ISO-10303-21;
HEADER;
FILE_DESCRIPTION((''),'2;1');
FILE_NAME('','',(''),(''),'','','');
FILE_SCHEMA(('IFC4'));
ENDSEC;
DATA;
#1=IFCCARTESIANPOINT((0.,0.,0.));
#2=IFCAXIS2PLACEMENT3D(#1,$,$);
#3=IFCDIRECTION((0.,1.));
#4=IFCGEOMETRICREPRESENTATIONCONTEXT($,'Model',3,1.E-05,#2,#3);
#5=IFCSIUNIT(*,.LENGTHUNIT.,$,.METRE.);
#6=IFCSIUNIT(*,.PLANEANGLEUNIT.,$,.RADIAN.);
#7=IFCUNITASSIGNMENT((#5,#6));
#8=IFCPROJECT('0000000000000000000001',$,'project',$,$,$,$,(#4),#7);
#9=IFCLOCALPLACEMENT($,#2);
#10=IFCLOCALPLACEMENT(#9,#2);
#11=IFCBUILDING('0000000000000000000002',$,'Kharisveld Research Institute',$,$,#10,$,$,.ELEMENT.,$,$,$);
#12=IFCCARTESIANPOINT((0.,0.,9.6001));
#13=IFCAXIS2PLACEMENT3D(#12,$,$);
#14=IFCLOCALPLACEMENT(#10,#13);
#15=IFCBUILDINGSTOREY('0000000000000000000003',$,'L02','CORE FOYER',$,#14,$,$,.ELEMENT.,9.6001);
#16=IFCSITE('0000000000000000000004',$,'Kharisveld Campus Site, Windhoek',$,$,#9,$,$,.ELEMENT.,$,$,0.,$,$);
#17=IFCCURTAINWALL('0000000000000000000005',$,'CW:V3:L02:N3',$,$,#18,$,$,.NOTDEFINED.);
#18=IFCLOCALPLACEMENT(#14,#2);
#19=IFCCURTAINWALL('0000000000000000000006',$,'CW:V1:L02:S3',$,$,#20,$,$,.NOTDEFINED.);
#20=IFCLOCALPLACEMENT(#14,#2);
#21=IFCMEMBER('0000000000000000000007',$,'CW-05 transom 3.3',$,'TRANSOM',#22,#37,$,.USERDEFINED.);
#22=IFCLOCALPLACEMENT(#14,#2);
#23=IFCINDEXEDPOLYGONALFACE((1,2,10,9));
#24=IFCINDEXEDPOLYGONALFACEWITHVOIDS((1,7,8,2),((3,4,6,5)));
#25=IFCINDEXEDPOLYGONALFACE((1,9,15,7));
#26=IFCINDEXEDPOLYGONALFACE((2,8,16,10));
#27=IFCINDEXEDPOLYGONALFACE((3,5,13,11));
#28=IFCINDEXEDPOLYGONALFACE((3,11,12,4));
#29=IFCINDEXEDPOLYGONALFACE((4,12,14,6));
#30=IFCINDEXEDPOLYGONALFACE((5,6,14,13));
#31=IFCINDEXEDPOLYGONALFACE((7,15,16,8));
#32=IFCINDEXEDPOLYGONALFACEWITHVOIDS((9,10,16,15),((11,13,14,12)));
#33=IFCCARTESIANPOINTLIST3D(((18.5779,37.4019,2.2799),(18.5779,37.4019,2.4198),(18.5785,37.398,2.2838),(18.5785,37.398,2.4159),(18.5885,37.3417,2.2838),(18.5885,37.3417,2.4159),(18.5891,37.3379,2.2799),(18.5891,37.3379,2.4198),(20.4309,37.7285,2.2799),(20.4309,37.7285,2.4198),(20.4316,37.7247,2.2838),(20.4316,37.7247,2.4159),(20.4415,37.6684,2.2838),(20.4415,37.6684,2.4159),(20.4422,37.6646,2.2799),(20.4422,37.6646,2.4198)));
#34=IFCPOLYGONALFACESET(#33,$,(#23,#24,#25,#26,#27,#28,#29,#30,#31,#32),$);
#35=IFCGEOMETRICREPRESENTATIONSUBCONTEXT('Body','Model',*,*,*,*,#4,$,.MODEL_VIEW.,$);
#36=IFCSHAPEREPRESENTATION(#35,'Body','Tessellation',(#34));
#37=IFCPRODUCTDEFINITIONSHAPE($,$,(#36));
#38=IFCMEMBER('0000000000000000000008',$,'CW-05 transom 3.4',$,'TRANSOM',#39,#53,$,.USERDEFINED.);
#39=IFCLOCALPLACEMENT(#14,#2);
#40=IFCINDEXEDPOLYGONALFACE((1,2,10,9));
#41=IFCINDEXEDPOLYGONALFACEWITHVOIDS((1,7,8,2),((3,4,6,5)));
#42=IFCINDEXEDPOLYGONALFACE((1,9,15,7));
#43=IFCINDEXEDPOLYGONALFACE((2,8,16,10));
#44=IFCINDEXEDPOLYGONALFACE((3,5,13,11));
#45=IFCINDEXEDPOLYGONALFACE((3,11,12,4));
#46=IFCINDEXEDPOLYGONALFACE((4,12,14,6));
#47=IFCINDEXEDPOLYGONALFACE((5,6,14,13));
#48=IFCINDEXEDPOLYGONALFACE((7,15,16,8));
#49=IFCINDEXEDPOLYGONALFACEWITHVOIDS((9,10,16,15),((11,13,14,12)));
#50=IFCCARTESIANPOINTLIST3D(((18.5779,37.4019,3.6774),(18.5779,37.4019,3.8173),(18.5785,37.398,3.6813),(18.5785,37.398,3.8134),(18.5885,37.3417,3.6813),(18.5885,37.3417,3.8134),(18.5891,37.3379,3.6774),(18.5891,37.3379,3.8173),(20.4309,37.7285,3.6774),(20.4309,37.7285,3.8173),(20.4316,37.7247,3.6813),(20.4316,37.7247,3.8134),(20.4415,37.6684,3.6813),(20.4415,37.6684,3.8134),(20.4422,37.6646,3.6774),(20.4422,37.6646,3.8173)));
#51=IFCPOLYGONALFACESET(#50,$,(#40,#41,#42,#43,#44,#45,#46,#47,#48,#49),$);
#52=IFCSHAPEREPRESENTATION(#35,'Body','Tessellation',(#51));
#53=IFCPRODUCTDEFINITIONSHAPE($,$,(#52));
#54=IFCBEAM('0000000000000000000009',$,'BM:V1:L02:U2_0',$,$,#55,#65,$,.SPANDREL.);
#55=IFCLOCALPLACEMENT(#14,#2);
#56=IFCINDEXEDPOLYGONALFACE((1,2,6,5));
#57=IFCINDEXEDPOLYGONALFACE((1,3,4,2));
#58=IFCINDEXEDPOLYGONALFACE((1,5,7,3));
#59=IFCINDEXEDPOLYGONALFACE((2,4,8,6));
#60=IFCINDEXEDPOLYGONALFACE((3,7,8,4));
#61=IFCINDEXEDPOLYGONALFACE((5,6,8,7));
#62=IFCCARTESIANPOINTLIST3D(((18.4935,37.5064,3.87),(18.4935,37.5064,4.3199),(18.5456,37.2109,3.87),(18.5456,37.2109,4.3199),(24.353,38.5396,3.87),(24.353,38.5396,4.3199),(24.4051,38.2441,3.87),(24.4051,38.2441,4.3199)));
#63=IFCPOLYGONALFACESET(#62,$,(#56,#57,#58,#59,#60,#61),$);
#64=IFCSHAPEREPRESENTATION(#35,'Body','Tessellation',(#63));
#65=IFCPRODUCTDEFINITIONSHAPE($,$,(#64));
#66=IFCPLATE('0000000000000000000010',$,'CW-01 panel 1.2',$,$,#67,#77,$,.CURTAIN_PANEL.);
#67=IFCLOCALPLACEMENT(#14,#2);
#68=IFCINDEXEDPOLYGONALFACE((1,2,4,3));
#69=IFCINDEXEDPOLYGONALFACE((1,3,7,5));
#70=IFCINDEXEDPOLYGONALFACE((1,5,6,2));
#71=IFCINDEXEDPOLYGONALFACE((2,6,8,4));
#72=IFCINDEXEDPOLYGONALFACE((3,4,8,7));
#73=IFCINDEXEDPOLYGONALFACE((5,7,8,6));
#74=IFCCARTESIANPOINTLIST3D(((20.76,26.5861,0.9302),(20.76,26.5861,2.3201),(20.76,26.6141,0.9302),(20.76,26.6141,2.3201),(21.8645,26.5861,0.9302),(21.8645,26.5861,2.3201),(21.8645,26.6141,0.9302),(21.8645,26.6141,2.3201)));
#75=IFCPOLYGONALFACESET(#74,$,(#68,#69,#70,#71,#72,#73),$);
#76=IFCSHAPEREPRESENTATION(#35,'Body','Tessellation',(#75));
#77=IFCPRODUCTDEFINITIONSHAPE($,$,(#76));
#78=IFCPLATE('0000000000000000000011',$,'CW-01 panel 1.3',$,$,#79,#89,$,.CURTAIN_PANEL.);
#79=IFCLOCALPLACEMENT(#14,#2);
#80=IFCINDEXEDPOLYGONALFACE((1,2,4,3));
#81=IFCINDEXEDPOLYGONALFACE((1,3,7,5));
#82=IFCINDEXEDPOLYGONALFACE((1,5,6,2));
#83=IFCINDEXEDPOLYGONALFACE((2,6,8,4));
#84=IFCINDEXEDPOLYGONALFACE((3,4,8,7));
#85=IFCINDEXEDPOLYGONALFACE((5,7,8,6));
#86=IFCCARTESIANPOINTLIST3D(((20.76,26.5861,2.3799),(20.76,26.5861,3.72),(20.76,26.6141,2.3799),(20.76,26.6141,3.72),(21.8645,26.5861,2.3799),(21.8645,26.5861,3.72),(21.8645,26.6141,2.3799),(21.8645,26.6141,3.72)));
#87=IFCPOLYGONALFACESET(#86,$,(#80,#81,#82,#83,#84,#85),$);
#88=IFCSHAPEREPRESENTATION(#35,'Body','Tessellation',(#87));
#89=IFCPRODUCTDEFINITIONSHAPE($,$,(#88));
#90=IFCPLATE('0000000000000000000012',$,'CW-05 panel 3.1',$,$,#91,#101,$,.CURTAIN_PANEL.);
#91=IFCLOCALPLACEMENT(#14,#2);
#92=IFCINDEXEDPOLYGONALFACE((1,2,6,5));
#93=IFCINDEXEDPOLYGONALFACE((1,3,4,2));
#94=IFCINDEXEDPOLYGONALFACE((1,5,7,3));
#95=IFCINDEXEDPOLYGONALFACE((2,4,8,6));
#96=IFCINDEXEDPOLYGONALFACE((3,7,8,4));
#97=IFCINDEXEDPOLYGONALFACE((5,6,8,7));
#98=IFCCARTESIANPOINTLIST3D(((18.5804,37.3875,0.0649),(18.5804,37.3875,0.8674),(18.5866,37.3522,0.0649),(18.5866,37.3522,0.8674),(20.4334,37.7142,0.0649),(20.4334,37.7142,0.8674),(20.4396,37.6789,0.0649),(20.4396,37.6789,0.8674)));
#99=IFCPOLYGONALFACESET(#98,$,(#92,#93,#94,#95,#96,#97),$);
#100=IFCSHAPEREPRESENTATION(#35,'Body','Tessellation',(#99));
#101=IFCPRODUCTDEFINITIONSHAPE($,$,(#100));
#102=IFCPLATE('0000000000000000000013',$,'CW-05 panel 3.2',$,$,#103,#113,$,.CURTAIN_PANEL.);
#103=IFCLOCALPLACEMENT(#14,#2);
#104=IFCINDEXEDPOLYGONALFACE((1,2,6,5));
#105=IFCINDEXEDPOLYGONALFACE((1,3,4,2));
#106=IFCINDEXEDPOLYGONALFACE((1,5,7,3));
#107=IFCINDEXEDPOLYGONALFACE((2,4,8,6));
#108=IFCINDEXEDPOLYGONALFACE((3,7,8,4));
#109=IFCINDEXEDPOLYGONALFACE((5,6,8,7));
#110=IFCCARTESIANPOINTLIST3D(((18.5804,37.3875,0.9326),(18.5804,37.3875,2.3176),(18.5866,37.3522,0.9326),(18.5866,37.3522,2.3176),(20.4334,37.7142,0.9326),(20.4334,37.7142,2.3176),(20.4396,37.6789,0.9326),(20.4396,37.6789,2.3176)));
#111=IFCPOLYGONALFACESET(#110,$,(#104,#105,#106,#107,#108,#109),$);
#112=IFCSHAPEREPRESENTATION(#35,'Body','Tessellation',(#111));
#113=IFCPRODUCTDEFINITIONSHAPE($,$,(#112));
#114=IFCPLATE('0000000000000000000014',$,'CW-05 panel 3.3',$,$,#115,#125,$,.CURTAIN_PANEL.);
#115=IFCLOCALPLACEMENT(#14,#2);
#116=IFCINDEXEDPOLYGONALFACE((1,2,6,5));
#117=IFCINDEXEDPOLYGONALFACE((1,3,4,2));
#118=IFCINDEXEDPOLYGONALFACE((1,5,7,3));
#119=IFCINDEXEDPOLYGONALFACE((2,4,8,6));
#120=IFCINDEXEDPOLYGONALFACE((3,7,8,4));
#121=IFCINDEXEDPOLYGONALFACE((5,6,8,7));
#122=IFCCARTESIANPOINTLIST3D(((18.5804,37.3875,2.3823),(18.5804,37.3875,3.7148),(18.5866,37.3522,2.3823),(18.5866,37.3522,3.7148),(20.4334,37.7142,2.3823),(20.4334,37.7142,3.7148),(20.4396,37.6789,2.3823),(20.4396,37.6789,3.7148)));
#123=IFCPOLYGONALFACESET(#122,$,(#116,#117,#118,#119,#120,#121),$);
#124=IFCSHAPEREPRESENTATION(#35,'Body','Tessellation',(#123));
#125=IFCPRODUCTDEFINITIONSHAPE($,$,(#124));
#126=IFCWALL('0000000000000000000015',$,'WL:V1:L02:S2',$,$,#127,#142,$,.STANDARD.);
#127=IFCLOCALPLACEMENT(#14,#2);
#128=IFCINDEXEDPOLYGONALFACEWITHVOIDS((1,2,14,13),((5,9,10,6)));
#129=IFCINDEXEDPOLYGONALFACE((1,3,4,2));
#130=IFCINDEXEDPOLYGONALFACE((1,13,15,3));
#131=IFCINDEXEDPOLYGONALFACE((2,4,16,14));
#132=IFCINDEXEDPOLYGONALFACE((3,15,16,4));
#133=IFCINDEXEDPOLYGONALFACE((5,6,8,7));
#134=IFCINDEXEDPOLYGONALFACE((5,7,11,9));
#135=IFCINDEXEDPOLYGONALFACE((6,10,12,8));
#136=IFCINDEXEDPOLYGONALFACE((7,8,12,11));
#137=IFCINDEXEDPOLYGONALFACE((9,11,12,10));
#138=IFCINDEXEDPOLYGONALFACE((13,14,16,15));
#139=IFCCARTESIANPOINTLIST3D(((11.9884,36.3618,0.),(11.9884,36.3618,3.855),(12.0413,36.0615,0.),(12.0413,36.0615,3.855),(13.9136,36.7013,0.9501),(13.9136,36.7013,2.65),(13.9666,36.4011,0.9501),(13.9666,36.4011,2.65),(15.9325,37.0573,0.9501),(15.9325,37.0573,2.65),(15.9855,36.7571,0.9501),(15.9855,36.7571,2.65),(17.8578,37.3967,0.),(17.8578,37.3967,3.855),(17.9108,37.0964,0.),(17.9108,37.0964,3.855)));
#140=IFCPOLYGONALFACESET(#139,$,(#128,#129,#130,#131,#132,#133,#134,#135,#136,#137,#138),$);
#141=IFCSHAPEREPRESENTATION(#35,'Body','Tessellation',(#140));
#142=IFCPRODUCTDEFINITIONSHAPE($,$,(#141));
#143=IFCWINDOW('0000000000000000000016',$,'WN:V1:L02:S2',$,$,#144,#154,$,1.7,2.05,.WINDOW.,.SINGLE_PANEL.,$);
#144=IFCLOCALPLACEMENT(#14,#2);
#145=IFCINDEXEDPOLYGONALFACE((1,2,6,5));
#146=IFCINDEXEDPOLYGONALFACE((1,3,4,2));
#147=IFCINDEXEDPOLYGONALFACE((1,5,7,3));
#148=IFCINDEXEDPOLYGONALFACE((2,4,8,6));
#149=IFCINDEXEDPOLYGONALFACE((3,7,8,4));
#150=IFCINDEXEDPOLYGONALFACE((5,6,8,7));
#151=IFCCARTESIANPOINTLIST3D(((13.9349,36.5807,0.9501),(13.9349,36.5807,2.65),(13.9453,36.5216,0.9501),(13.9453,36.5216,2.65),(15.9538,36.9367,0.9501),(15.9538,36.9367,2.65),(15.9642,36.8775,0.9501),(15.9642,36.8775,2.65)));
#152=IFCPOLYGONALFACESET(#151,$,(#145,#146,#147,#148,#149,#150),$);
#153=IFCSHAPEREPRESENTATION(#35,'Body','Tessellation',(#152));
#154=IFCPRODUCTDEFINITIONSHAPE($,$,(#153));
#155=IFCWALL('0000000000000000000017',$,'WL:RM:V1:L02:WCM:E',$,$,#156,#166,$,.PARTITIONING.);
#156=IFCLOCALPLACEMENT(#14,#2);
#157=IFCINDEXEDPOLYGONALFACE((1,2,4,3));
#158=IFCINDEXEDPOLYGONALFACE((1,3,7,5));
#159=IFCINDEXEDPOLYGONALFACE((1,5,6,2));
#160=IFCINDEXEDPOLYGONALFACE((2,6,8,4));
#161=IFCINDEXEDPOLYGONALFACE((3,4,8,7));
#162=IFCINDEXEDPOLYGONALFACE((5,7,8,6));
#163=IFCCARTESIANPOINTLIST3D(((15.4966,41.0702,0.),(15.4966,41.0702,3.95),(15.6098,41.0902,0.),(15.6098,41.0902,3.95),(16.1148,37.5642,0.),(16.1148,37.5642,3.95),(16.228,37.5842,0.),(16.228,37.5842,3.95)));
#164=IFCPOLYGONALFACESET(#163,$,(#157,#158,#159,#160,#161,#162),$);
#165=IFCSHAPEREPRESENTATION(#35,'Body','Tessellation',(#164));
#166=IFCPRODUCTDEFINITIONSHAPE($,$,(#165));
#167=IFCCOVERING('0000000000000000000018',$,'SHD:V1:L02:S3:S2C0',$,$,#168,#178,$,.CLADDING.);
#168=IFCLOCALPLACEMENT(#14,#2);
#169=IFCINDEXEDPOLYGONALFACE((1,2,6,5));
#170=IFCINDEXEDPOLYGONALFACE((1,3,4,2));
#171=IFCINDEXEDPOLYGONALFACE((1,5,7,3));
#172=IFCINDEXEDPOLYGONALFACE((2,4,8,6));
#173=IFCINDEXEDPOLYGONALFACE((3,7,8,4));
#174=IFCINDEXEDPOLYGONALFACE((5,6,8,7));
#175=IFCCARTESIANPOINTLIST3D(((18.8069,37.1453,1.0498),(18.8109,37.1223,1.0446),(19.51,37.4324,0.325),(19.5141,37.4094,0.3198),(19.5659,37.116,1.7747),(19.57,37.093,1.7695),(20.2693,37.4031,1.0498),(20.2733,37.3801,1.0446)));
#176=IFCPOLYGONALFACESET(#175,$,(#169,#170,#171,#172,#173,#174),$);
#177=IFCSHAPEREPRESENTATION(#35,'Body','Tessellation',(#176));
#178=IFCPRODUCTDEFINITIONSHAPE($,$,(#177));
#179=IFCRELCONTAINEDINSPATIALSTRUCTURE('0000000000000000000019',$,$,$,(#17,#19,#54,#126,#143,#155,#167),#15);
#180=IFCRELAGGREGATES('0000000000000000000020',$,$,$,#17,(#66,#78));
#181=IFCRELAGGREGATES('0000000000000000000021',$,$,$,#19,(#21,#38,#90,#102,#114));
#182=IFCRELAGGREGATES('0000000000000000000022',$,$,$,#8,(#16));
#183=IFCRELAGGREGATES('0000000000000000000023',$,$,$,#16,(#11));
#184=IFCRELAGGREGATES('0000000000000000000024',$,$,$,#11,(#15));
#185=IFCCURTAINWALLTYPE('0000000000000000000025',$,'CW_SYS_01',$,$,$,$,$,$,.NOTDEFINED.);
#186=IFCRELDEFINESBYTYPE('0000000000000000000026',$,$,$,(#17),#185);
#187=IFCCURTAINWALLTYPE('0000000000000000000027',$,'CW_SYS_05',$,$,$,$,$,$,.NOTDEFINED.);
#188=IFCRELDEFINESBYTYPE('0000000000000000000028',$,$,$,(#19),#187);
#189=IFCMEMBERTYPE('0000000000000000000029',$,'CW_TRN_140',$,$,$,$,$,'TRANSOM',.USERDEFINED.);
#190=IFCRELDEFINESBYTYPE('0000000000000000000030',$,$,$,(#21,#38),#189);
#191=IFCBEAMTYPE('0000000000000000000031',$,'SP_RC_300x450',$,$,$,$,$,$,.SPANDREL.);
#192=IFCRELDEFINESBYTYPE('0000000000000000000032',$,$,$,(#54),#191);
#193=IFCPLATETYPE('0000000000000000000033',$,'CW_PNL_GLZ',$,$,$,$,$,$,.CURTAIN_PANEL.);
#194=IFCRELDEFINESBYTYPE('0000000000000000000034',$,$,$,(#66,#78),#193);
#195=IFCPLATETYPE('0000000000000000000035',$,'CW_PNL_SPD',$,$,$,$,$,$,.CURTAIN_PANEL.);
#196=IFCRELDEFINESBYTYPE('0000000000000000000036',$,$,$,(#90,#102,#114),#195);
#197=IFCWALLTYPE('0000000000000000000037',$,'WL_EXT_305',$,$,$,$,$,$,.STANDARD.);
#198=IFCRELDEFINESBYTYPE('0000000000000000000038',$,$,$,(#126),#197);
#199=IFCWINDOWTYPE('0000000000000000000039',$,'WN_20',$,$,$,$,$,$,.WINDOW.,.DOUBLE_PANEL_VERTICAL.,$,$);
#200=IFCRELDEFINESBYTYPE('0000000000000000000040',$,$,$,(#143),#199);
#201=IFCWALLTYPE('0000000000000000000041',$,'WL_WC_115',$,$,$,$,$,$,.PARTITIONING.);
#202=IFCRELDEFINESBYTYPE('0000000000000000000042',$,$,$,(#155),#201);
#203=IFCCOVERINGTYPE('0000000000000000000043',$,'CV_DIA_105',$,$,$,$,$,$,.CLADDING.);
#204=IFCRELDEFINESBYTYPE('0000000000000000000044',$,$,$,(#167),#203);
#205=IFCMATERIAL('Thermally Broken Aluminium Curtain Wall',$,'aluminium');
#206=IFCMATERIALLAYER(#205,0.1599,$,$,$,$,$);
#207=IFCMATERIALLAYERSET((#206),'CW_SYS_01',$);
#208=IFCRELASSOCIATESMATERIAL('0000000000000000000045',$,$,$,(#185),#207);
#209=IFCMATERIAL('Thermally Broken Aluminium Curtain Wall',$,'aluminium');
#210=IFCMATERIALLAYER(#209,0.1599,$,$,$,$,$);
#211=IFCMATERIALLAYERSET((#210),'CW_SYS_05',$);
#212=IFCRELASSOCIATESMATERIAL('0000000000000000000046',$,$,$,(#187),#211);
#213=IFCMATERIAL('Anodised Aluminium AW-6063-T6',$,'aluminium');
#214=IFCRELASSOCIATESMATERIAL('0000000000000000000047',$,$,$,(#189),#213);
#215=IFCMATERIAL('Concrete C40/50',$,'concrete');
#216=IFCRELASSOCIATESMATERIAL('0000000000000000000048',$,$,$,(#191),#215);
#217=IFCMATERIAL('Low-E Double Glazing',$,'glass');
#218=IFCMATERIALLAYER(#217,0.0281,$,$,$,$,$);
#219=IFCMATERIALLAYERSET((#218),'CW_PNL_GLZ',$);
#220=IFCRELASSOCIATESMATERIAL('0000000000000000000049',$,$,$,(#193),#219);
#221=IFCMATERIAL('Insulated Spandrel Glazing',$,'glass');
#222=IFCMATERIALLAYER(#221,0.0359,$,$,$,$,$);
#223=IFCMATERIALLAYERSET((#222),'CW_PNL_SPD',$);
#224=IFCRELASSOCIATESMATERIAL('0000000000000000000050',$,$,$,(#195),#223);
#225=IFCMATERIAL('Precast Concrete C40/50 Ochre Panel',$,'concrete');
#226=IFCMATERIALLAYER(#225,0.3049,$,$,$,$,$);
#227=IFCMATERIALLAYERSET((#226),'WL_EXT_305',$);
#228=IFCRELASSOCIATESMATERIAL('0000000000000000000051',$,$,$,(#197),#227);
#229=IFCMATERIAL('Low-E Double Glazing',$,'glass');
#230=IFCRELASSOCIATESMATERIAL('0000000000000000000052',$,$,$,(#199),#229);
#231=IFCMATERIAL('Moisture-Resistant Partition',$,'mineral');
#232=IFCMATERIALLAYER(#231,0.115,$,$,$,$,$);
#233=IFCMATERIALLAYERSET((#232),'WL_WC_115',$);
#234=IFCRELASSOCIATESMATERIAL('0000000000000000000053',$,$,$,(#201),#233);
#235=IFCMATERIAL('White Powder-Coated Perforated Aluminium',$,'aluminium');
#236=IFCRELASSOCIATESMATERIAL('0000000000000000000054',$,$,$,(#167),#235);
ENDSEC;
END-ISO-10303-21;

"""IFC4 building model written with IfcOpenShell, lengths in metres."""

from ifc_helpers import new_model, si_unit, direction, frame, frame_2d, origin, origin_2d, place, context, subcontext, project, spatial, polyline, rectangle, hollow_rectangle, outline, extrude, material, layer, layer_set, material_profile, profile_set, type_object, element, fill, aggregate, save


model = new_model("IFC4")

# Units and contexts
model_context = context("Model", 3, precision=1e-05, world=origin(), true_north=direction((0.0, 1.0)))
body_context = subcontext(model_context, "Body", "Model", "MODEL_VIEW")
ifc_project = project(units=[si_unit("LENGTHUNIT", "METRE"), si_unit("PLANEANGLEUNIT", "RADIAN")], contexts=[model_context])

# Site, building, storey
site_placement = place(None, origin())
site = spatial("IfcSite", under=ifc_project, at=site_placement, Name="Kharisveld Campus Site, Windhoek", CompositionType="ELEMENT", RefElevation=0.0)
building_placement = place(site_placement, origin())
building = spatial("IfcBuilding", under=site, at=building_placement, Name="Kharisveld Research Institute", CompositionType="ELEMENT")
storey_placement = place(building_placement, frame((0.0, 0.0, 9.6001)))
storey = spatial("IfcBuildingStorey", under=building, at=storey_placement, Name="L02", Description="CORE FOYER", CompositionType="ELEMENT", Elevation=9.6001)

# Curtain walls
ifc_material_1 = material(Name="Thermally Broken Aluminium Curtain Wall", Category="aluminium")
ifc_layer_1 = layer(ifc_material_1, 0.1599)
ifc_layer_set_1 = layer_set([ifc_layer_1], Name="CW_SYS_01")
curtain_wall_type_1 = type_object("IfcCurtainWallType", Name="CW_SYS_01", PredefinedType="NOTDEFINED", material=ifc_layer_set_1)
curtain_wall_1_placement = place(storey_placement, origin())
curtain_wall_1 = element("IfcCurtainWall", 1, at=curtain_wall_1_placement, inside=storey, type_object=curtain_wall_type_1, Name="CW:V3:L02:N3", PredefinedType="NOTDEFINED")
ifc_material_2 = material(Name="Thermally Broken Aluminium Curtain Wall", Category="aluminium")
ifc_layer_2 = layer(ifc_material_2, 0.1599)
ifc_layer_set_2 = layer_set([ifc_layer_2], Name="CW_SYS_05")
curtain_wall_type_2 = type_object("IfcCurtainWallType", Name="CW_SYS_05", PredefinedType="NOTDEFINED", material=ifc_layer_set_2)
curtain_wall_2_placement = place(storey_placement, origin())
curtain_wall_2 = element("IfcCurtainWall", 2, at=curtain_wall_2_placement, inside=storey, type_object=curtain_wall_type_2, Name="CW:V1:L02:S3", PredefinedType="NOTDEFINED")

# Members
ifc_material_3 = material(Name="Anodised Aluminium AW-6063-T6", Category="aluminium")
ifc_material_profile_1 = material_profile(ifc_material_3, hollow_rectangle(XDim=0.0649, YDim=0.1399, WallThickness=0.0039, at=origin_2d()))
ifc_profile_set_1 = profile_set([ifc_material_profile_1], Name="Anodised Aluminium AW-6063-T6")
member_type_1 = type_object("IfcMemberType", Name="CW_TRN_140", ElementType="TRANSOM", PredefinedType="USERDEFINED", material=ifc_profile_set_1)
member_1_placement = place(storey_placement, frame((20.4365, 37.6965, 2.3499), z_axis=(-0.984815, -0.173608, 0.0), x_axis=(0.173608, -0.984815, 0.0)))
member_1 = element("IfcMember", 3, at=member_1_placement, type_object=member_type_1, Name="CW-05 transom 3.3", ObjectType="TRANSOM", PredefinedType="USERDEFINED", context=body_context, shape_type="SweptSolid", body=[
    extrude(hollow_rectangle(XDim=0.0649, YDim=0.1399, WallThickness=0.0039, at=origin_2d()), origin(), (0.0, 0.0, 1.0), 1.8816),
])
member_2_placement = place(storey_placement, frame((20.4365, 37.6965, 3.7473), z_axis=(-0.984815, -0.173608, 0.0), x_axis=(0.173608, -0.984815, 0.0)))
member_2 = element("IfcMember", 4, at=member_2_placement, type_object=member_type_1, Name="CW-05 transom 3.4", ObjectType="TRANSOM", PredefinedType="USERDEFINED", context=body_context, shape_type="SweptSolid", body=[
    extrude(hollow_rectangle(XDim=0.0649, YDim=0.1399, WallThickness=0.0039, at=origin_2d()), origin(), (0.0, 0.0, 1.0), 1.8816),
])

# Beam
ifc_material_4 = material(Name="Concrete C40/50", Category="concrete")
ifc_material_profile_2 = material_profile(ifc_material_4, rectangle(XDim=0.3, YDim=0.45, at=origin_2d()))
ifc_profile_set_2 = profile_set([ifc_material_profile_2], Name="Concrete C40/50")
beam_type_1 = type_object("IfcBeamType", Name="SP_RC_300x450", PredefinedType="SPANDREL", material=ifc_profile_set_2)
beam_1_placement = place(storey_placement, frame((18.5195, 37.3586, 4.095), z_axis=(0.984808, 0.173647, 0.0), x_axis=(-0.173647, 0.984808, 0.0)))
element("IfcBeam", 5, at=beam_1_placement, inside=storey, type_object=beam_type_1, Name="BM:V1:L02:U2_0", PredefinedType="SPANDREL", context=body_context, shape_type="SweptSolid", body=[
    extrude(rectangle(XDim=0.3, YDim=0.45, at=origin_2d()), origin(), (0.0, 0.0, 1.0), 5.95),
])

# Plates
ifc_material_5 = material(Name="Low-E Double Glazing", Category="glass")
ifc_layer_3 = layer(ifc_material_5, 0.0281)
ifc_layer_set_3 = layer_set([ifc_layer_3], Name="CW_PNL_GLZ")
plate_type_1 = type_object("IfcPlateType", Name="CW_PNL_GLZ", PredefinedType="CURTAIN_PANEL", material=ifc_layer_set_3)
plate_1_placement = place(storey_placement, frame((21.3123, 26.6001, 0.9302), z_axis=(0.0, 0.0, 1.0), x_axis=(1.0, 0.0, 0.0)))
plate_1 = element("IfcPlate", 6, at=plate_1_placement, type_object=plate_type_1, Name="CW-01 panel 1.2", PredefinedType="CURTAIN_PANEL", context=body_context, shape_type="SweptSolid", body=[
    extrude(rectangle(XDim=1.1045, YDim=0.0281, at=origin_2d()), origin(), (0.0, 0.0, 1.0), 1.3899),
])
plate_2_placement = place(storey_placement, frame((21.3123, 26.6001, 2.3799), z_axis=(0.0, 0.0, 1.0), x_axis=(1.0, 0.0, 0.0)))
plate_2 = element("IfcPlate", 7, at=plate_2_placement, type_object=plate_type_1, Name="CW-01 panel 1.3", PredefinedType="CURTAIN_PANEL", context=body_context, shape_type="SweptSolid", body=[
    extrude(rectangle(XDim=1.1045, YDim=0.0281, at=origin_2d()), origin(), (0.0, 0.0, 1.0), 1.3401),
])
aggregate(curtain_wall_1, [plate_1, plate_2])
ifc_material_6 = material(Name="Insulated Spandrel Glazing", Category="glass")
ifc_layer_4 = layer(ifc_material_6, 0.0359)
ifc_layer_set_4 = layer_set([ifc_layer_4], Name="CW_PNL_SPD")
plate_type_2 = type_object("IfcPlateType", Name="CW_PNL_SPD", PredefinedType="CURTAIN_PANEL", material=ifc_layer_set_4)
plate_3_placement = place(storey_placement, frame((19.51, 37.5332, 0.0649), z_axis=(0.0, 0.0, 1.0), x_axis=(-0.984808, -0.173648, 0.0)))
plate_3 = element("IfcPlate", 8, at=plate_3_placement, type_object=plate_type_2, Name="CW-05 panel 3.1", PredefinedType="CURTAIN_PANEL", context=body_context, shape_type="SweptSolid", body=[
    extrude(rectangle(XDim=1.8816, YDim=0.0359, at=origin_2d()), origin(), (0.0, 0.0, 1.0), 0.8025),
])
plate_4_placement = place(storey_placement, frame((19.51, 37.5332, 0.9326), z_axis=(0.0, 0.0, 1.0), x_axis=(-0.984808, -0.173648, 0.0)))
plate_4 = element("IfcPlate", 9, at=plate_4_placement, type_object=plate_type_2, Name="CW-05 panel 3.2", PredefinedType="CURTAIN_PANEL", context=body_context, shape_type="SweptSolid", body=[
    extrude(rectangle(XDim=1.8816, YDim=0.0359, at=origin_2d()), origin(), (0.0, 0.0, 1.0), 1.385),
])
plate_5_placement = place(storey_placement, frame((19.51, 37.5332, 2.3823), z_axis=(0.0, 0.0, 1.0), x_axis=(-0.984808, -0.173648, 0.0)))
plate_5 = element("IfcPlate", 10, at=plate_5_placement, type_object=plate_type_2, Name="CW-05 panel 3.3", PredefinedType="CURTAIN_PANEL", context=body_context, shape_type="SweptSolid", body=[
    extrude(rectangle(XDim=1.8816, YDim=0.0359, at=origin_2d()), origin(), (0.0, 0.0, 1.0), 1.3325),
])
aggregate(curtain_wall_2, [member_1, member_2, plate_3, plate_4, plate_5])

# Wall, opening, window
ifc_material_7 = material(Name="Precast Concrete C40/50 Ochre Panel", Category="concrete")
ifc_layer_5 = layer(ifc_material_7, 0.3049)
ifc_layer_set_5 = layer_set([ifc_layer_5], Name="WL_EXT_305")
wall_type_1 = type_object("IfcWallType", Name="WL_EXT_305", PredefinedType="STANDARD", material=ifc_layer_set_5)
wall_1_placement = place(storey_placement, frame((17.8843, 37.2466, 0.0), z_axis=(0.0, 0.0, 1.0), x_axis=(-0.984808, -0.173645, 0.0)))
wall_1 = element("IfcWall", 11, at=wall_1_placement, inside=storey, type_object=wall_type_1, Name="WL:V1:L02:S2", PredefinedType="STANDARD", context=body_context, shape_type="SweptSolid", body=[
    extrude(rectangle(XDim=5.96, YDim=0.3049, at=frame_2d((2.98, 0.0))), origin(), (0.0, 0.0, 1.0), 3.855),
])
opening_placement = place(wall_1_placement, frame((1.9551, 0.0, 0.95)))
opening = element("IfcOpeningElement", 12, at=opening_placement, cuts=wall_1, PredefinedType="OPENING", context=body_context, shape_type="SweptSolid", body=[
    extrude(rectangle(XDim=2.05, YDim=1.7, at=frame_2d((1.0249, 0.8501))), frame((0.0, 0.1523, 0.0), z_axis=(0.0, -1.0, 0.0), x_axis=(1.0, 0.0, 0.0)), (0.0, 0.0, 1.0), 0.3049),
])
ifc_material_8 = material(Name="Low-E Double Glazing", Category="glass")
window_type = type_object("IfcWindowType", Name="WN_20", PartitioningType="DOUBLE_PANEL_VERTICAL", PredefinedType="WINDOW", material=ifc_material_8)
window_placement = place(opening_placement, origin())
window = element("IfcWindow", 13, at=window_placement, inside=storey, type_object=window_type, Name="WN:V1:L02:S2", OverallHeight=1.7, OverallWidth=2.05, PartitioningType="SINGLE_PANEL", PredefinedType="WINDOW", context=body_context, shape_type="SweptSolid", body=[
    extrude(rectangle(XDim=2.05, YDim=1.7, at=frame_2d((1.0249, 0.8501))), frame((0.0, 0.03, 0.0), z_axis=(0.0, -1.0, 0.0), x_axis=(1.0, 0.0, 0.0)), (0.0, 0.0, 1.0), 0.0601),
])
fill(opening, window)

# Wall
ifc_material_9 = material(Name="Moisture-Resistant Partition", Category="mineral")
ifc_layer_6 = layer(ifc_material_9, 0.115)
ifc_layer_set_6 = layer_set([ifc_layer_6], Name="WL_WC_115")
wall_type_2 = type_object("IfcWallType", Name="WL_WC_115", PredefinedType="PARTITIONING", material=ifc_layer_set_6)
wall_2_placement = place(storey_placement, frame((16.1714, 37.5742, 0.0), z_axis=(0.0, 0.0, 1.0), x_axis=(-0.173644, 0.984808, 0.0)))
element("IfcWall", 14, at=wall_2_placement, inside=storey, type_object=wall_type_2, Name="WL:RM:V1:L02:WCM:E", PredefinedType="PARTITIONING", context=body_context, shape_type="SweptSolid", body=[
    extrude(rectangle(XDim=3.5601, YDim=0.115, at=frame_2d((1.78, 0.0))), origin(), (0.0, 0.0, 1.0), 3.95),
])

# Covering
ifc_material_10 = material(Name="White Powder-Coated Perforated Aluminium", Category="aluminium")
covering_type = type_object("IfcCoveringType", Name="CV_DIA_105", PredefinedType="CLADDING")
for number, where, z_axis, x_axis, name in (
    (15, (19.51, 37.4324, 0.325), (-0.169503, 0.961481, 0.216385), (-0.669728, -0.273452, 0.690426), "SHD:V1:L02:S3:S2C0"),
):
    element("IfcCovering", number, at=place(storey_placement, frame(where, z_axis=z_axis, x_axis=x_axis)), inside=storey, type_object=covering_type, material=ifc_material_10, Name=name, PredefinedType="CLADDING", context=body_context, shape_type="SweptSolid", body=[
        extrude(outline(polyline([(0.0, 0.0), (1.0499, 0.0), (1.05, 1.05), (0.0, 1.0501), (0.0, 0.0)])), origin(), (0.0, 0.0, -1.0), 0.0239),
    ])

save(model, "model.ifc")
